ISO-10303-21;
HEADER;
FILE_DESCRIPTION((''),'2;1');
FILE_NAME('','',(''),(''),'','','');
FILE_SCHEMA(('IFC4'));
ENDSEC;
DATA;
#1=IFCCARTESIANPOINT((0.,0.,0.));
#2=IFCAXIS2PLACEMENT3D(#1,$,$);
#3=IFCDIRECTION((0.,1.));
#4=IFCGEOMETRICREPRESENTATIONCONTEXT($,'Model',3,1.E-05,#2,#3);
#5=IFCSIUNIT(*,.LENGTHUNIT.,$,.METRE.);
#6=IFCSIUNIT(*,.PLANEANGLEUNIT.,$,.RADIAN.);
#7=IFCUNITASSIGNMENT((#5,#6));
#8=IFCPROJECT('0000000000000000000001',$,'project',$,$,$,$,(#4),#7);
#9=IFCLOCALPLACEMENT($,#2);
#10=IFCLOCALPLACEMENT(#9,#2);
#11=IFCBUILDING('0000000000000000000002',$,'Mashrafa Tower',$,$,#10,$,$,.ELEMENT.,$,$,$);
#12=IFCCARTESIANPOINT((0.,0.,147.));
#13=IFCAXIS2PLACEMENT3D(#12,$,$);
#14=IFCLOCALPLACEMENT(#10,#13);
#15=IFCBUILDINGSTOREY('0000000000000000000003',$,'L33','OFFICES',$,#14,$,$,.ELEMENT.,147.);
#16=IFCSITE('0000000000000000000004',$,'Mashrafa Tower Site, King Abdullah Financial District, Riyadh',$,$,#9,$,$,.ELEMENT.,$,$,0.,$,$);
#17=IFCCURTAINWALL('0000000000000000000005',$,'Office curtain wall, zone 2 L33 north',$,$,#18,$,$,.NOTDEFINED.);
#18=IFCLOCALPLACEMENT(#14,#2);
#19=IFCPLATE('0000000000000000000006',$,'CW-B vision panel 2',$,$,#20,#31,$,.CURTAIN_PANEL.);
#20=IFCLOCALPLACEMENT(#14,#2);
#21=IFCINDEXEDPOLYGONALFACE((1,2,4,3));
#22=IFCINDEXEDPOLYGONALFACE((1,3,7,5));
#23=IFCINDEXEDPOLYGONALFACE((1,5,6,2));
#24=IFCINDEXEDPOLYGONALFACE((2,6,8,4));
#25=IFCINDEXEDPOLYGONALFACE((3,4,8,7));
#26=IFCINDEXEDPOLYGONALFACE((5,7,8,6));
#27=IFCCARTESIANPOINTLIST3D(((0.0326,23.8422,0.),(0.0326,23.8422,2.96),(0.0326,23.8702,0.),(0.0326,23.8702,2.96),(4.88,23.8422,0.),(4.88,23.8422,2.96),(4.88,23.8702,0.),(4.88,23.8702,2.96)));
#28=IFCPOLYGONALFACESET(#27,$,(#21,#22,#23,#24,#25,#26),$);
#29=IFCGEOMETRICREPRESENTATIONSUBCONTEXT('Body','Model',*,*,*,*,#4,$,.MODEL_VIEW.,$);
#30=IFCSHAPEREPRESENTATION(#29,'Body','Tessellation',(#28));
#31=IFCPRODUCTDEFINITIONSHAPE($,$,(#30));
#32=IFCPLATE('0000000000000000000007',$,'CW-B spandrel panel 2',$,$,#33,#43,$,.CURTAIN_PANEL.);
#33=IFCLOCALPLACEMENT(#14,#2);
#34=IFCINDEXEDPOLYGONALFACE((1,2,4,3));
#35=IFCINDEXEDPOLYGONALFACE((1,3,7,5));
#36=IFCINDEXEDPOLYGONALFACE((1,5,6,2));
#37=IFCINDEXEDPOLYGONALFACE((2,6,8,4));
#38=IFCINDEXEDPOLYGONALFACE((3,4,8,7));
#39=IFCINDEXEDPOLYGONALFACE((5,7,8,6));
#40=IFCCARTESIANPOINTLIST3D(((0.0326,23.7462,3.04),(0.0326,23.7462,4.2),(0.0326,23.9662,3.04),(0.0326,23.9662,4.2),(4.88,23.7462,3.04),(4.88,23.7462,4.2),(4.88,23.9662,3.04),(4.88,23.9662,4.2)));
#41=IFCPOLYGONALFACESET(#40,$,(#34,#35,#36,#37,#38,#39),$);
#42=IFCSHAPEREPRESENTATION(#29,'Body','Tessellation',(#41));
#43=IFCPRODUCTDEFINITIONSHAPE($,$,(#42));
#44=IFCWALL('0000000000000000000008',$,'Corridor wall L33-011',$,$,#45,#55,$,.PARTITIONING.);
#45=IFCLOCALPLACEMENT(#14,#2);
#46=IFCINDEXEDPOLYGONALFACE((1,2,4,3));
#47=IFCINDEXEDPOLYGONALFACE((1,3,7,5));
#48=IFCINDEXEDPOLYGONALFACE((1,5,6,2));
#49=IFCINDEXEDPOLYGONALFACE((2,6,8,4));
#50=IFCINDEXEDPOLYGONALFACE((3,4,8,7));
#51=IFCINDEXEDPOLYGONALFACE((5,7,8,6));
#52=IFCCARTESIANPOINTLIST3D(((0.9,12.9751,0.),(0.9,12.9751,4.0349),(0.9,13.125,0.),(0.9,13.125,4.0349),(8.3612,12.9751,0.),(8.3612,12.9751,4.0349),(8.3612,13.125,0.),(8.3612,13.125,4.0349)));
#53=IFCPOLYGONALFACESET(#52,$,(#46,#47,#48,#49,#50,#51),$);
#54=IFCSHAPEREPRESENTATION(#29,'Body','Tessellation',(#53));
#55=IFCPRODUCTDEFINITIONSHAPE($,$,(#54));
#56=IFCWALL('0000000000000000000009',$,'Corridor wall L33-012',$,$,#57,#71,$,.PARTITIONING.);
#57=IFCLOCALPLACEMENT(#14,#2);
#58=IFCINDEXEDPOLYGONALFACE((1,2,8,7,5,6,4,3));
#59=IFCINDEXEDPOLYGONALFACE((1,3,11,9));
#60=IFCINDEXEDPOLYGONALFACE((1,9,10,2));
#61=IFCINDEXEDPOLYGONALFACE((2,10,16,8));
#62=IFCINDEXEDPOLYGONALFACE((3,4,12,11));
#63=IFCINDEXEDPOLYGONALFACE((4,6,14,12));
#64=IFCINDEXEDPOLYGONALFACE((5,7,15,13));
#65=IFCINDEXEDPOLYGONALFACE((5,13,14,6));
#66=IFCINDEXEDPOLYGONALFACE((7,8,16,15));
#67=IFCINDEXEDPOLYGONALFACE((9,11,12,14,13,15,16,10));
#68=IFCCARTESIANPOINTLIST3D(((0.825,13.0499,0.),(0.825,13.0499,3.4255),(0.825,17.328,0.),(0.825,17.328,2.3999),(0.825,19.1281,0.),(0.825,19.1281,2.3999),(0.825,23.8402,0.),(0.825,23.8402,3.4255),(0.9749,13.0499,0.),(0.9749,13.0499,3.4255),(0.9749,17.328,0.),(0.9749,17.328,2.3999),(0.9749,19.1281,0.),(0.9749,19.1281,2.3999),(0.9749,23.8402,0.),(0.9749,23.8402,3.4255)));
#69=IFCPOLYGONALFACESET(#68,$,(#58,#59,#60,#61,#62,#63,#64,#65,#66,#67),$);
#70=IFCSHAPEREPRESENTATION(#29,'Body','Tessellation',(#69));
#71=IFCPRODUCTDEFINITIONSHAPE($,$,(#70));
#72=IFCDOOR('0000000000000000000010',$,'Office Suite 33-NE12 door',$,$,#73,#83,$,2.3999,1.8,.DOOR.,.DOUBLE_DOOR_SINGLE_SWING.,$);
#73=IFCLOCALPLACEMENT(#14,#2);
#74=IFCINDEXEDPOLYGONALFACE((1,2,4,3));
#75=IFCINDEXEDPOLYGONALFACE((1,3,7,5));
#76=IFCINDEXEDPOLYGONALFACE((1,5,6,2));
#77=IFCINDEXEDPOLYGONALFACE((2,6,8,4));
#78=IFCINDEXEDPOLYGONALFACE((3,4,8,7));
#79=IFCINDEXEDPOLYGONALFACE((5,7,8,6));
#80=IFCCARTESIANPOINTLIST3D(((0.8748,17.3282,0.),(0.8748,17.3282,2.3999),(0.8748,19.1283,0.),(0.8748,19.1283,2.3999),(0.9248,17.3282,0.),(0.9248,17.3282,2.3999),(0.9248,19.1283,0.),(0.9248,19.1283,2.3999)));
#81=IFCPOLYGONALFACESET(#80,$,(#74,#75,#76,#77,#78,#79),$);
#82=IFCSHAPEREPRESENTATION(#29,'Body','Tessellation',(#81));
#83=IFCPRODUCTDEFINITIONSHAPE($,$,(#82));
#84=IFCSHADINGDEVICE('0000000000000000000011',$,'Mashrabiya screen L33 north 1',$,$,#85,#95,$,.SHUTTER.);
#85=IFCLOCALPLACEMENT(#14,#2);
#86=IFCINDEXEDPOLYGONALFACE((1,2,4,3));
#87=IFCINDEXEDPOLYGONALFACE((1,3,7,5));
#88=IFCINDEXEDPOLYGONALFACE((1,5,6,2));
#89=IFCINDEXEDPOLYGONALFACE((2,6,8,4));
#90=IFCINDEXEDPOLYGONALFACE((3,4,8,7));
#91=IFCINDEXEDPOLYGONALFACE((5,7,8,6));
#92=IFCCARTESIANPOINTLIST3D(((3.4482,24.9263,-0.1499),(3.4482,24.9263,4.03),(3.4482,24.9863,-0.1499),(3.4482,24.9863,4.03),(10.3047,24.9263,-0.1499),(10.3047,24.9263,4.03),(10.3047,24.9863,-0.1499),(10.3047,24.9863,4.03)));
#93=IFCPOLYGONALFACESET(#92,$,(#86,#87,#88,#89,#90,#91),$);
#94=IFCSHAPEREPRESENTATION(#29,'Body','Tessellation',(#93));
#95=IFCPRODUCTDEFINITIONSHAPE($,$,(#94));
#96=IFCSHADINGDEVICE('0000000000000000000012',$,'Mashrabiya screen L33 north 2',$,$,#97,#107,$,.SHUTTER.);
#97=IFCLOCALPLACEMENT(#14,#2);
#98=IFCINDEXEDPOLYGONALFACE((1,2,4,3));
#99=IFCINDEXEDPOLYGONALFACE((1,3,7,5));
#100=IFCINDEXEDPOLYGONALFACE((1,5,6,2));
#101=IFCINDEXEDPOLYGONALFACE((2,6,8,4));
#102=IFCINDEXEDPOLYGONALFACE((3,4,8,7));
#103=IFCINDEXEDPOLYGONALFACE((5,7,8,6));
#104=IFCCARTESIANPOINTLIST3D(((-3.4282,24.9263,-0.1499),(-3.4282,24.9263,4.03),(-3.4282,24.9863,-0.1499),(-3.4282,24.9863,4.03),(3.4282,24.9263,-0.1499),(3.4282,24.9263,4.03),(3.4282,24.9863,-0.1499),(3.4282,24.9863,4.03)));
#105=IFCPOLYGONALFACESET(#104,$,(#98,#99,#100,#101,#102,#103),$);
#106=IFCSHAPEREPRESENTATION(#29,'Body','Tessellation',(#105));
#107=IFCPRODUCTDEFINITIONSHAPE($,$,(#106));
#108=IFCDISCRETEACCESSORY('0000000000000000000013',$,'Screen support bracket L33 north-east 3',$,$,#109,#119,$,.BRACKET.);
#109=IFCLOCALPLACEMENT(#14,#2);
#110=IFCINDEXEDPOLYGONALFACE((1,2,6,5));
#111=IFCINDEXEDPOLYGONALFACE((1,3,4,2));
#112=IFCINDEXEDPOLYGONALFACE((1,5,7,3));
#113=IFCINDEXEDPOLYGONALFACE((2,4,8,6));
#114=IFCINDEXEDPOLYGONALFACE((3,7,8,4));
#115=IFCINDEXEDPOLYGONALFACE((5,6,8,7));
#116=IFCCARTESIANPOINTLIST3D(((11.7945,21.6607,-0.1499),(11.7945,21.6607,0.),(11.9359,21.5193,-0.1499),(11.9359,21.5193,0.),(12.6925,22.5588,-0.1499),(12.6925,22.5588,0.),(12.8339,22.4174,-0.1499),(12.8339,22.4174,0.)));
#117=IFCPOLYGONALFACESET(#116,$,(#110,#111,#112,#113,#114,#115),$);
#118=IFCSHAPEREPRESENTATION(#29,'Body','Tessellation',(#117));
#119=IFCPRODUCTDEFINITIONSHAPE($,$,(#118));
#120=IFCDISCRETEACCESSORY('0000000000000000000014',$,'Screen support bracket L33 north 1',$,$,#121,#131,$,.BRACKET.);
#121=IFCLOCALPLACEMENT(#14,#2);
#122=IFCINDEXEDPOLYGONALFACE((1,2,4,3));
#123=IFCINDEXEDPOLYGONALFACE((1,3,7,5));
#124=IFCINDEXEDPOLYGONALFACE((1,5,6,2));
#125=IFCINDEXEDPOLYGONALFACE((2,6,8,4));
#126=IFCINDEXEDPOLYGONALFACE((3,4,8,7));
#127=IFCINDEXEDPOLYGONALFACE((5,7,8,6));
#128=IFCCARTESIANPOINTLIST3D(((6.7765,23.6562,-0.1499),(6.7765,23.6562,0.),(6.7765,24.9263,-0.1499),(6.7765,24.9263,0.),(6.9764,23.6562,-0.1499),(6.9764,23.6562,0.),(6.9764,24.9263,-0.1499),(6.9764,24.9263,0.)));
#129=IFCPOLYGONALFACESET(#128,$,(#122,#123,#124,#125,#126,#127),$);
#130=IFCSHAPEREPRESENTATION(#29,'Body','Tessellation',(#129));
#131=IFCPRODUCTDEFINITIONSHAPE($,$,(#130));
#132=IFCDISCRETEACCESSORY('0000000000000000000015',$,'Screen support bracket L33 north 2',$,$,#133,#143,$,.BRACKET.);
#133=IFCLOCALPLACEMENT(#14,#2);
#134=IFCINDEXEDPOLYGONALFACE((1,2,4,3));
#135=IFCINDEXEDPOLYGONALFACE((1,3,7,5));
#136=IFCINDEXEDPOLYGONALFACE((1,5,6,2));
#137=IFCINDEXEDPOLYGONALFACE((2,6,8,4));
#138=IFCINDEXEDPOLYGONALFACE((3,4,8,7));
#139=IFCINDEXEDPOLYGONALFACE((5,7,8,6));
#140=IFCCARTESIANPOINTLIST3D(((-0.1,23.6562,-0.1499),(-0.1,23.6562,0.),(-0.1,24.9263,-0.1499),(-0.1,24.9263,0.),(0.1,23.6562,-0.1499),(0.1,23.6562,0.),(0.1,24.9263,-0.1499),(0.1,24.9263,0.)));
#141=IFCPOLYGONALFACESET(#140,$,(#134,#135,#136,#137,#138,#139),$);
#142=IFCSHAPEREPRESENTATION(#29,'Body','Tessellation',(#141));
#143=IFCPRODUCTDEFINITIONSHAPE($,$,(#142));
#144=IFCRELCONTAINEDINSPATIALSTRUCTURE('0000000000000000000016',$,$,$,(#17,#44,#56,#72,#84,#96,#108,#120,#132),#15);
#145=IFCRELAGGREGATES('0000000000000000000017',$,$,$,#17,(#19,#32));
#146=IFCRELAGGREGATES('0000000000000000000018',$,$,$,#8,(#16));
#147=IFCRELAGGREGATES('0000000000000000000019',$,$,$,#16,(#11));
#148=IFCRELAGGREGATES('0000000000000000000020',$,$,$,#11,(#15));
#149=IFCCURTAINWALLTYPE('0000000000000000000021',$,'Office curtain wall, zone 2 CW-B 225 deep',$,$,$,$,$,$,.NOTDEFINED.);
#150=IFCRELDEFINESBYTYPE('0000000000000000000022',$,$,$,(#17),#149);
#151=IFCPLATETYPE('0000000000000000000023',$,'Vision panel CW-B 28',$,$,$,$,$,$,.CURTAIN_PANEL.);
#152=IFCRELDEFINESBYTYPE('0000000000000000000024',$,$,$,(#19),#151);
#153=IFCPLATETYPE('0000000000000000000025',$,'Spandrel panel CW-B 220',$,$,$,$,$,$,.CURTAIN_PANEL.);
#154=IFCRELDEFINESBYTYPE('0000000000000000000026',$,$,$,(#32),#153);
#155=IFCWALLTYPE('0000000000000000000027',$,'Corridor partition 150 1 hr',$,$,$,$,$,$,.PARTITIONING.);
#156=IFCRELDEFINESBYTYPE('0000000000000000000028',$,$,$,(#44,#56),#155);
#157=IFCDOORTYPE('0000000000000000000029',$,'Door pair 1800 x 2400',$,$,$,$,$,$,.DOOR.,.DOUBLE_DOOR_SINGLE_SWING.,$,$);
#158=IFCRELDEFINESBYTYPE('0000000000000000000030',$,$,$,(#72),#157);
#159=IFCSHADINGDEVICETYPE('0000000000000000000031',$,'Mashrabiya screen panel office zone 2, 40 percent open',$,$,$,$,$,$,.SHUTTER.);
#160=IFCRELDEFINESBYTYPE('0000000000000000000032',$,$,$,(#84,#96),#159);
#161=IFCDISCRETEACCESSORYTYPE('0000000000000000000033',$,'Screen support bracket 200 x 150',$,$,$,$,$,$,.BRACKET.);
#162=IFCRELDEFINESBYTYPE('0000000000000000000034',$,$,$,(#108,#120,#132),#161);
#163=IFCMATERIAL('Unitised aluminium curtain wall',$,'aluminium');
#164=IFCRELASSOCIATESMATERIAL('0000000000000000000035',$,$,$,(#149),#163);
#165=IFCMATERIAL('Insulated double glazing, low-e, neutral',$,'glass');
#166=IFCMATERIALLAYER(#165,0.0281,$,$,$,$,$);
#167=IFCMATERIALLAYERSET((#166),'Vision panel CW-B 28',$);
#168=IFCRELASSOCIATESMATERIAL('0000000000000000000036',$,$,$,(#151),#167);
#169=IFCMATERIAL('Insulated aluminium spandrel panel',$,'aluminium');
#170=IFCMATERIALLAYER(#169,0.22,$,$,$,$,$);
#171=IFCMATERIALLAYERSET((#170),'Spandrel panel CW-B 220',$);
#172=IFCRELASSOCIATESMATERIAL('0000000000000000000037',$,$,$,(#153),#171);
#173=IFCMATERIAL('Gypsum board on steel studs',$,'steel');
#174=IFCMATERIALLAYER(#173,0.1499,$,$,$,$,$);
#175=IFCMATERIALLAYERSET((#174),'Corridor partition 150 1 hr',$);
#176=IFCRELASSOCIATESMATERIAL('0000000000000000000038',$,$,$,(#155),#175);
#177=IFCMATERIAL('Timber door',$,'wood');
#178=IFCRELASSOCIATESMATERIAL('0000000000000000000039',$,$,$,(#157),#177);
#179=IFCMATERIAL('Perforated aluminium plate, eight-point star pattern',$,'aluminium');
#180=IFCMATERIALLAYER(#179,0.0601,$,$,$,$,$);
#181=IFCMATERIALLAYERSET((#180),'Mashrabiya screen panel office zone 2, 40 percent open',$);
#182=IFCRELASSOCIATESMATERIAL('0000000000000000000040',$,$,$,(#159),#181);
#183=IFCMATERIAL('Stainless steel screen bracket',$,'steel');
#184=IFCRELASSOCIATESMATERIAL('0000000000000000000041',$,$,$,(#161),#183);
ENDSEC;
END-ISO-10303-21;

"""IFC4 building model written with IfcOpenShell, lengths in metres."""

from ifc_helpers import new_model, si_unit, direction, frame, frame_2d, origin, origin_2d, place, context, subcontext, project, spatial, rectangle, extrude, source, transform, mapped, material, layer, layer_set, type_object, type_shapes, element, fill, aggregate, save


model = new_model("IFC4")

# Units and contexts
model_context = context("Model", 3, precision=1e-05, world=origin(), true_north=direction((0.0, 1.0)))
body_context = subcontext(model_context, "Body", "Model", "MODEL_VIEW")
ifc_project = project(units=[si_unit("LENGTHUNIT", "METRE"), si_unit("PLANEANGLEUNIT", "RADIAN")], contexts=[model_context])

# Site, building, storey
site_placement = place(None, origin())
site = spatial("IfcSite", under=ifc_project, at=site_placement, Name="Mashrafa Tower Site, King Abdullah Financial District, Riyadh", CompositionType="ELEMENT", RefElevation=0.0)
building_placement = place(site_placement, origin())
building = spatial("IfcBuilding", under=site, at=building_placement, Name="Mashrafa Tower", CompositionType="ELEMENT")
storey_placement = place(building_placement, frame((0.0, 0.0, 147.0)))
storey = spatial("IfcBuildingStorey", under=building, at=storey_placement, Name="L33", Description="OFFICES", CompositionType="ELEMENT", Elevation=147.0)

# Shared definitions
ifc_material_1 = material(Name="Unitised aluminium curtain wall", Category="aluminium")
curtain_wall_type = type_object("IfcCurtainWallType", Name="Office curtain wall, zone 2 CW-B 225 deep", PredefinedType="NOTDEFINED", material=ifc_material_1)

# Curtain wall
curtain_wall_1_placement = place(storey_placement, origin())
curtain_wall_1 = element("IfcCurtainWall", 1, at=curtain_wall_1_placement, inside=storey, type_object=curtain_wall_type, Name="Office curtain wall, zone 2 L33 north", PredefinedType="NOTDEFINED")

# Plates
ifc_material_2 = material(Name="Insulated double glazing, low-e, neutral", Category="glass")
ifc_layer_1 = layer(ifc_material_2, 0.0281)
ifc_layer_set_1 = layer_set([ifc_layer_1], Name="Vision panel CW-B 28")
plate_type_1 = type_object("IfcPlateType", Name="Vision panel CW-B 28", PredefinedType="CURTAIN_PANEL", material=ifc_layer_set_1)
ifc_material_3 = material(Name="Insulated aluminium spandrel panel", Category="aluminium")
ifc_layer_2 = layer(ifc_material_3, 0.22)
ifc_layer_set_2 = layer_set([ifc_layer_2], Name="Spandrel panel CW-B 220")
plate_type_2 = type_object("IfcPlateType", Name="Spandrel panel CW-B 220", PredefinedType="CURTAIN_PANEL", material=ifc_layer_set_2)
shared_shape_1 = source(origin(), body_context, "Body", "SweptSolid", [
    extrude(rectangle(XDim=4.8474, YDim=0.0281, at=origin_2d()), origin(), (0.0, 0.0, 1.0), 2.96),
])
plate_1_placement = place(storey_placement, frame((2.4563, 23.8562, 0.0), z_axis=(0.0, 0.0, 1.0), x_axis=(-1.0, 0.0, 0.0)))
plate_1 = element("IfcPlate", 2, at=plate_1_placement, type_object=plate_type_1, Name="CW-B vision panel 2", PredefinedType="CURTAIN_PANEL", context=body_context, shape_type="MappedRepresentation", body=[
    mapped(shared_shape_1, transform((0.0, 0.0, 0.0))),
])
shared_shape_2 = source(origin(), body_context, "Body", "SweptSolid", [
    extrude(rectangle(XDim=4.8474, YDim=0.22, at=origin_2d()), origin(), (0.0, 0.0, 1.0), 1.1599),
])
plate_2_placement = place(storey_placement, frame((2.4563, 23.8562, 3.04), z_axis=(0.0, 0.0, 1.0), x_axis=(-1.0, 0.0, 0.0)))
plate_2 = element("IfcPlate", 3, at=plate_2_placement, type_object=plate_type_2, Name="CW-B spandrel panel 2", PredefinedType="CURTAIN_PANEL", context=body_context, shape_type="MappedRepresentation", body=[
    mapped(shared_shape_2, transform((0.0, 0.0, 0.0))),
])
aggregate(curtain_wall_1, [plate_1, plate_2])

# Wall
ifc_material_4 = material(Name="Gypsum board on steel studs", Category="steel")
ifc_layer_3 = layer(ifc_material_4, 0.1499)
ifc_layer_set_3 = layer_set([ifc_layer_3], Name="Corridor partition 150 1 hr")
wall_type = type_object("IfcWallType", Name="Corridor partition 150 1 hr", PredefinedType="PARTITIONING", material=ifc_layer_set_3)
wall_1_placement = place(storey_placement, frame((8.3611, 13.05, 0.0), z_axis=(0.0, 0.0, 1.0), x_axis=(-1.0, 0.0, 0.0)))
element("IfcWall", 4, at=wall_1_placement, inside=storey, type_object=wall_type, Name="Corridor wall L33-011", PredefinedType="PARTITIONING", context=body_context, shape_type="SweptSolid", body=[
    extrude(rectangle(XDim=7.4612, YDim=0.1499, at=frame_2d((3.7305, 0.0))), origin(), (0.0, 0.0, 1.0), 4.0349),
])

# Wall, opening, door
wall_2_placement = place(storey_placement, frame((0.8999, 13.05, 0.0), z_axis=(0.0, 0.0, 1.0), x_axis=(0.0, 1.0, 0.0)))
wall_2 = element("IfcWall", 5, at=wall_2_placement, inside=storey, type_object=wall_type, Name="Corridor wall L33-012", PredefinedType="PARTITIONING", context=body_context, shape_type="SweptSolid", body=[
    extrude(rectangle(XDim=10.7903, YDim=0.1499, at=frame_2d((5.395, 0.0))), origin(), (0.0, 0.0, 1.0), 3.4255),
])
opening_placement = place(wall_2_placement, frame((4.2781, 0.0, 0.0)))
opening = element("IfcOpeningElement", 6, at=opening_placement, cuts=wall_2, PredefinedType="OPENING", context=body_context, shape_type="SweptSolid", body=[
    extrude(rectangle(XDim=1.8, YDim=2.3999, at=frame_2d((0.8999, 1.2))), frame((0.0, 0.085, 0.0), z_axis=(0.0, -1.0, 0.0), x_axis=(1.0, 0.0, 0.0)), (0.0, 0.0, 1.0), 0.1699),
])
ifc_material_5 = material(Name="Timber door", Category="wood")
door_type = type_object("IfcDoorType", Name="Door pair 1800 x 2400", OperationType="DOUBLE_DOOR_SINGLE_SWING", PredefinedType="DOOR", material=ifc_material_5)
door_placement = place(opening_placement, frame((1.8, 0.0, 0.0), z_axis=(0.0, 0.0, 1.0), x_axis=(-1.0, 0.0, 0.0)))
door = element("IfcDoor", 7, at=door_placement, inside=storey, type_object=door_type, Name="Office Suite 33-NE12 door", OperationType="DOUBLE_DOOR_SINGLE_SWING", OverallHeight=2.3999, OverallWidth=1.8, PredefinedType="DOOR", context=body_context, shape_type="SweptSolid", body=[
    extrude(rectangle(XDim=1.8, YDim=2.3999, at=frame_2d((0.8999, 1.2))), frame((0.0, 0.0249, 0.0), z_axis=(0.0, -1.0, 0.0), x_axis=(1.0, 0.0, 0.0)), (0.0, 0.0, 1.0), 0.05),
])
fill(opening, door)

# Shading devices
ifc_material_6 = material(Name="Perforated aluminium plate, eight-point star pattern", Category="aluminium")
ifc_layer_4 = layer(ifc_material_6, 0.0601)
ifc_layer_set_4 = layer_set([ifc_layer_4], Name="Mashrabiya screen panel office zone 2, 40 percent open")
shading_device_type = type_object("IfcShadingDeviceType", Name="Mashrabiya screen panel office zone 2, 40 percent open", PredefinedType="SHUTTER", material=ifc_layer_set_4)
shared_shape_3 = source(origin(), body_context, "Body", "SweptSolid", [
    extrude(rectangle(XDim=6.8564, YDim=0.0601, at=origin_2d()), origin(), (0.0, 0.0, 1.0), 4.1799),
])
type_shapes(shading_device_type, [shared_shape_3])
for number, where, z_axis, x_axis, name in (
    (8, (6.8765, 24.9563, -0.1499), (0.0, 0.0, 1.0), (-1.0, 0.0, 0.0), "Mashrabiya screen L33 north 1"),
    (9, (0.0, 24.9563, -0.1499), (0.0, 0.0, 1.0), (-1.0, 0.0, 0.0), "Mashrabiya screen L33 north 2"),
):
    element("IfcShadingDevice", number, at=place(storey_placement, frame(where, z_axis=z_axis, x_axis=x_axis)), inside=storey, type_object=shading_device_type, Name=name, PredefinedType="SHUTTER", context=body_context, shape_type="MappedRepresentation", body=[
        mapped(shared_shape_3, transform((0.0, 0.0, 0.0))),
    ])

# Discrete accessories
ifc_material_7 = material(Name="Stainless steel screen bracket", Category="steel")
discrete_accessory_type = type_object("IfcDiscreteAccessoryType", Name="Screen support bracket 200 x 150", PredefinedType="BRACKET", material=ifc_material_7)
shared_shape_4 = source(origin(), body_context, "Body", "SweptSolid", [
    extrude(rectangle(XDim=0.2, YDim=1.27, at=origin_2d()), origin(), (0.0, 0.0, 1.0), 0.1499),
])
type_shapes(discrete_accessory_type, [shared_shape_4])
for number, where, z_axis, x_axis, name in (
    (10, (12.3142, 22.0391, -0.1499), (0.0, 0.0, 1.0), (-0.707107, 0.707107, 0.0), "Screen support bracket L33 north-east 3"),
    (11, (6.8765, 24.2913, -0.1499), (0.0, 0.0, 1.0), (-1.0, 0.0, 0.0), "Screen support bracket L33 north 1"),
    (12, (0.0, 24.2913, -0.1499), (0.0, 0.0, 1.0), (-1.0, 0.0, 0.0), "Screen support bracket L33 north 2"),
):
    element("IfcDiscreteAccessory", number, at=place(storey_placement, frame(where, z_axis=z_axis, x_axis=x_axis)), inside=storey, type_object=discrete_accessory_type, Name=name, PredefinedType="BRACKET", context=body_context, shape_type="MappedRepresentation", body=[
        mapped(shared_shape_4, transform((0.0, 0.0, 0.0))),
    ])

save(model, "model.ifc")
